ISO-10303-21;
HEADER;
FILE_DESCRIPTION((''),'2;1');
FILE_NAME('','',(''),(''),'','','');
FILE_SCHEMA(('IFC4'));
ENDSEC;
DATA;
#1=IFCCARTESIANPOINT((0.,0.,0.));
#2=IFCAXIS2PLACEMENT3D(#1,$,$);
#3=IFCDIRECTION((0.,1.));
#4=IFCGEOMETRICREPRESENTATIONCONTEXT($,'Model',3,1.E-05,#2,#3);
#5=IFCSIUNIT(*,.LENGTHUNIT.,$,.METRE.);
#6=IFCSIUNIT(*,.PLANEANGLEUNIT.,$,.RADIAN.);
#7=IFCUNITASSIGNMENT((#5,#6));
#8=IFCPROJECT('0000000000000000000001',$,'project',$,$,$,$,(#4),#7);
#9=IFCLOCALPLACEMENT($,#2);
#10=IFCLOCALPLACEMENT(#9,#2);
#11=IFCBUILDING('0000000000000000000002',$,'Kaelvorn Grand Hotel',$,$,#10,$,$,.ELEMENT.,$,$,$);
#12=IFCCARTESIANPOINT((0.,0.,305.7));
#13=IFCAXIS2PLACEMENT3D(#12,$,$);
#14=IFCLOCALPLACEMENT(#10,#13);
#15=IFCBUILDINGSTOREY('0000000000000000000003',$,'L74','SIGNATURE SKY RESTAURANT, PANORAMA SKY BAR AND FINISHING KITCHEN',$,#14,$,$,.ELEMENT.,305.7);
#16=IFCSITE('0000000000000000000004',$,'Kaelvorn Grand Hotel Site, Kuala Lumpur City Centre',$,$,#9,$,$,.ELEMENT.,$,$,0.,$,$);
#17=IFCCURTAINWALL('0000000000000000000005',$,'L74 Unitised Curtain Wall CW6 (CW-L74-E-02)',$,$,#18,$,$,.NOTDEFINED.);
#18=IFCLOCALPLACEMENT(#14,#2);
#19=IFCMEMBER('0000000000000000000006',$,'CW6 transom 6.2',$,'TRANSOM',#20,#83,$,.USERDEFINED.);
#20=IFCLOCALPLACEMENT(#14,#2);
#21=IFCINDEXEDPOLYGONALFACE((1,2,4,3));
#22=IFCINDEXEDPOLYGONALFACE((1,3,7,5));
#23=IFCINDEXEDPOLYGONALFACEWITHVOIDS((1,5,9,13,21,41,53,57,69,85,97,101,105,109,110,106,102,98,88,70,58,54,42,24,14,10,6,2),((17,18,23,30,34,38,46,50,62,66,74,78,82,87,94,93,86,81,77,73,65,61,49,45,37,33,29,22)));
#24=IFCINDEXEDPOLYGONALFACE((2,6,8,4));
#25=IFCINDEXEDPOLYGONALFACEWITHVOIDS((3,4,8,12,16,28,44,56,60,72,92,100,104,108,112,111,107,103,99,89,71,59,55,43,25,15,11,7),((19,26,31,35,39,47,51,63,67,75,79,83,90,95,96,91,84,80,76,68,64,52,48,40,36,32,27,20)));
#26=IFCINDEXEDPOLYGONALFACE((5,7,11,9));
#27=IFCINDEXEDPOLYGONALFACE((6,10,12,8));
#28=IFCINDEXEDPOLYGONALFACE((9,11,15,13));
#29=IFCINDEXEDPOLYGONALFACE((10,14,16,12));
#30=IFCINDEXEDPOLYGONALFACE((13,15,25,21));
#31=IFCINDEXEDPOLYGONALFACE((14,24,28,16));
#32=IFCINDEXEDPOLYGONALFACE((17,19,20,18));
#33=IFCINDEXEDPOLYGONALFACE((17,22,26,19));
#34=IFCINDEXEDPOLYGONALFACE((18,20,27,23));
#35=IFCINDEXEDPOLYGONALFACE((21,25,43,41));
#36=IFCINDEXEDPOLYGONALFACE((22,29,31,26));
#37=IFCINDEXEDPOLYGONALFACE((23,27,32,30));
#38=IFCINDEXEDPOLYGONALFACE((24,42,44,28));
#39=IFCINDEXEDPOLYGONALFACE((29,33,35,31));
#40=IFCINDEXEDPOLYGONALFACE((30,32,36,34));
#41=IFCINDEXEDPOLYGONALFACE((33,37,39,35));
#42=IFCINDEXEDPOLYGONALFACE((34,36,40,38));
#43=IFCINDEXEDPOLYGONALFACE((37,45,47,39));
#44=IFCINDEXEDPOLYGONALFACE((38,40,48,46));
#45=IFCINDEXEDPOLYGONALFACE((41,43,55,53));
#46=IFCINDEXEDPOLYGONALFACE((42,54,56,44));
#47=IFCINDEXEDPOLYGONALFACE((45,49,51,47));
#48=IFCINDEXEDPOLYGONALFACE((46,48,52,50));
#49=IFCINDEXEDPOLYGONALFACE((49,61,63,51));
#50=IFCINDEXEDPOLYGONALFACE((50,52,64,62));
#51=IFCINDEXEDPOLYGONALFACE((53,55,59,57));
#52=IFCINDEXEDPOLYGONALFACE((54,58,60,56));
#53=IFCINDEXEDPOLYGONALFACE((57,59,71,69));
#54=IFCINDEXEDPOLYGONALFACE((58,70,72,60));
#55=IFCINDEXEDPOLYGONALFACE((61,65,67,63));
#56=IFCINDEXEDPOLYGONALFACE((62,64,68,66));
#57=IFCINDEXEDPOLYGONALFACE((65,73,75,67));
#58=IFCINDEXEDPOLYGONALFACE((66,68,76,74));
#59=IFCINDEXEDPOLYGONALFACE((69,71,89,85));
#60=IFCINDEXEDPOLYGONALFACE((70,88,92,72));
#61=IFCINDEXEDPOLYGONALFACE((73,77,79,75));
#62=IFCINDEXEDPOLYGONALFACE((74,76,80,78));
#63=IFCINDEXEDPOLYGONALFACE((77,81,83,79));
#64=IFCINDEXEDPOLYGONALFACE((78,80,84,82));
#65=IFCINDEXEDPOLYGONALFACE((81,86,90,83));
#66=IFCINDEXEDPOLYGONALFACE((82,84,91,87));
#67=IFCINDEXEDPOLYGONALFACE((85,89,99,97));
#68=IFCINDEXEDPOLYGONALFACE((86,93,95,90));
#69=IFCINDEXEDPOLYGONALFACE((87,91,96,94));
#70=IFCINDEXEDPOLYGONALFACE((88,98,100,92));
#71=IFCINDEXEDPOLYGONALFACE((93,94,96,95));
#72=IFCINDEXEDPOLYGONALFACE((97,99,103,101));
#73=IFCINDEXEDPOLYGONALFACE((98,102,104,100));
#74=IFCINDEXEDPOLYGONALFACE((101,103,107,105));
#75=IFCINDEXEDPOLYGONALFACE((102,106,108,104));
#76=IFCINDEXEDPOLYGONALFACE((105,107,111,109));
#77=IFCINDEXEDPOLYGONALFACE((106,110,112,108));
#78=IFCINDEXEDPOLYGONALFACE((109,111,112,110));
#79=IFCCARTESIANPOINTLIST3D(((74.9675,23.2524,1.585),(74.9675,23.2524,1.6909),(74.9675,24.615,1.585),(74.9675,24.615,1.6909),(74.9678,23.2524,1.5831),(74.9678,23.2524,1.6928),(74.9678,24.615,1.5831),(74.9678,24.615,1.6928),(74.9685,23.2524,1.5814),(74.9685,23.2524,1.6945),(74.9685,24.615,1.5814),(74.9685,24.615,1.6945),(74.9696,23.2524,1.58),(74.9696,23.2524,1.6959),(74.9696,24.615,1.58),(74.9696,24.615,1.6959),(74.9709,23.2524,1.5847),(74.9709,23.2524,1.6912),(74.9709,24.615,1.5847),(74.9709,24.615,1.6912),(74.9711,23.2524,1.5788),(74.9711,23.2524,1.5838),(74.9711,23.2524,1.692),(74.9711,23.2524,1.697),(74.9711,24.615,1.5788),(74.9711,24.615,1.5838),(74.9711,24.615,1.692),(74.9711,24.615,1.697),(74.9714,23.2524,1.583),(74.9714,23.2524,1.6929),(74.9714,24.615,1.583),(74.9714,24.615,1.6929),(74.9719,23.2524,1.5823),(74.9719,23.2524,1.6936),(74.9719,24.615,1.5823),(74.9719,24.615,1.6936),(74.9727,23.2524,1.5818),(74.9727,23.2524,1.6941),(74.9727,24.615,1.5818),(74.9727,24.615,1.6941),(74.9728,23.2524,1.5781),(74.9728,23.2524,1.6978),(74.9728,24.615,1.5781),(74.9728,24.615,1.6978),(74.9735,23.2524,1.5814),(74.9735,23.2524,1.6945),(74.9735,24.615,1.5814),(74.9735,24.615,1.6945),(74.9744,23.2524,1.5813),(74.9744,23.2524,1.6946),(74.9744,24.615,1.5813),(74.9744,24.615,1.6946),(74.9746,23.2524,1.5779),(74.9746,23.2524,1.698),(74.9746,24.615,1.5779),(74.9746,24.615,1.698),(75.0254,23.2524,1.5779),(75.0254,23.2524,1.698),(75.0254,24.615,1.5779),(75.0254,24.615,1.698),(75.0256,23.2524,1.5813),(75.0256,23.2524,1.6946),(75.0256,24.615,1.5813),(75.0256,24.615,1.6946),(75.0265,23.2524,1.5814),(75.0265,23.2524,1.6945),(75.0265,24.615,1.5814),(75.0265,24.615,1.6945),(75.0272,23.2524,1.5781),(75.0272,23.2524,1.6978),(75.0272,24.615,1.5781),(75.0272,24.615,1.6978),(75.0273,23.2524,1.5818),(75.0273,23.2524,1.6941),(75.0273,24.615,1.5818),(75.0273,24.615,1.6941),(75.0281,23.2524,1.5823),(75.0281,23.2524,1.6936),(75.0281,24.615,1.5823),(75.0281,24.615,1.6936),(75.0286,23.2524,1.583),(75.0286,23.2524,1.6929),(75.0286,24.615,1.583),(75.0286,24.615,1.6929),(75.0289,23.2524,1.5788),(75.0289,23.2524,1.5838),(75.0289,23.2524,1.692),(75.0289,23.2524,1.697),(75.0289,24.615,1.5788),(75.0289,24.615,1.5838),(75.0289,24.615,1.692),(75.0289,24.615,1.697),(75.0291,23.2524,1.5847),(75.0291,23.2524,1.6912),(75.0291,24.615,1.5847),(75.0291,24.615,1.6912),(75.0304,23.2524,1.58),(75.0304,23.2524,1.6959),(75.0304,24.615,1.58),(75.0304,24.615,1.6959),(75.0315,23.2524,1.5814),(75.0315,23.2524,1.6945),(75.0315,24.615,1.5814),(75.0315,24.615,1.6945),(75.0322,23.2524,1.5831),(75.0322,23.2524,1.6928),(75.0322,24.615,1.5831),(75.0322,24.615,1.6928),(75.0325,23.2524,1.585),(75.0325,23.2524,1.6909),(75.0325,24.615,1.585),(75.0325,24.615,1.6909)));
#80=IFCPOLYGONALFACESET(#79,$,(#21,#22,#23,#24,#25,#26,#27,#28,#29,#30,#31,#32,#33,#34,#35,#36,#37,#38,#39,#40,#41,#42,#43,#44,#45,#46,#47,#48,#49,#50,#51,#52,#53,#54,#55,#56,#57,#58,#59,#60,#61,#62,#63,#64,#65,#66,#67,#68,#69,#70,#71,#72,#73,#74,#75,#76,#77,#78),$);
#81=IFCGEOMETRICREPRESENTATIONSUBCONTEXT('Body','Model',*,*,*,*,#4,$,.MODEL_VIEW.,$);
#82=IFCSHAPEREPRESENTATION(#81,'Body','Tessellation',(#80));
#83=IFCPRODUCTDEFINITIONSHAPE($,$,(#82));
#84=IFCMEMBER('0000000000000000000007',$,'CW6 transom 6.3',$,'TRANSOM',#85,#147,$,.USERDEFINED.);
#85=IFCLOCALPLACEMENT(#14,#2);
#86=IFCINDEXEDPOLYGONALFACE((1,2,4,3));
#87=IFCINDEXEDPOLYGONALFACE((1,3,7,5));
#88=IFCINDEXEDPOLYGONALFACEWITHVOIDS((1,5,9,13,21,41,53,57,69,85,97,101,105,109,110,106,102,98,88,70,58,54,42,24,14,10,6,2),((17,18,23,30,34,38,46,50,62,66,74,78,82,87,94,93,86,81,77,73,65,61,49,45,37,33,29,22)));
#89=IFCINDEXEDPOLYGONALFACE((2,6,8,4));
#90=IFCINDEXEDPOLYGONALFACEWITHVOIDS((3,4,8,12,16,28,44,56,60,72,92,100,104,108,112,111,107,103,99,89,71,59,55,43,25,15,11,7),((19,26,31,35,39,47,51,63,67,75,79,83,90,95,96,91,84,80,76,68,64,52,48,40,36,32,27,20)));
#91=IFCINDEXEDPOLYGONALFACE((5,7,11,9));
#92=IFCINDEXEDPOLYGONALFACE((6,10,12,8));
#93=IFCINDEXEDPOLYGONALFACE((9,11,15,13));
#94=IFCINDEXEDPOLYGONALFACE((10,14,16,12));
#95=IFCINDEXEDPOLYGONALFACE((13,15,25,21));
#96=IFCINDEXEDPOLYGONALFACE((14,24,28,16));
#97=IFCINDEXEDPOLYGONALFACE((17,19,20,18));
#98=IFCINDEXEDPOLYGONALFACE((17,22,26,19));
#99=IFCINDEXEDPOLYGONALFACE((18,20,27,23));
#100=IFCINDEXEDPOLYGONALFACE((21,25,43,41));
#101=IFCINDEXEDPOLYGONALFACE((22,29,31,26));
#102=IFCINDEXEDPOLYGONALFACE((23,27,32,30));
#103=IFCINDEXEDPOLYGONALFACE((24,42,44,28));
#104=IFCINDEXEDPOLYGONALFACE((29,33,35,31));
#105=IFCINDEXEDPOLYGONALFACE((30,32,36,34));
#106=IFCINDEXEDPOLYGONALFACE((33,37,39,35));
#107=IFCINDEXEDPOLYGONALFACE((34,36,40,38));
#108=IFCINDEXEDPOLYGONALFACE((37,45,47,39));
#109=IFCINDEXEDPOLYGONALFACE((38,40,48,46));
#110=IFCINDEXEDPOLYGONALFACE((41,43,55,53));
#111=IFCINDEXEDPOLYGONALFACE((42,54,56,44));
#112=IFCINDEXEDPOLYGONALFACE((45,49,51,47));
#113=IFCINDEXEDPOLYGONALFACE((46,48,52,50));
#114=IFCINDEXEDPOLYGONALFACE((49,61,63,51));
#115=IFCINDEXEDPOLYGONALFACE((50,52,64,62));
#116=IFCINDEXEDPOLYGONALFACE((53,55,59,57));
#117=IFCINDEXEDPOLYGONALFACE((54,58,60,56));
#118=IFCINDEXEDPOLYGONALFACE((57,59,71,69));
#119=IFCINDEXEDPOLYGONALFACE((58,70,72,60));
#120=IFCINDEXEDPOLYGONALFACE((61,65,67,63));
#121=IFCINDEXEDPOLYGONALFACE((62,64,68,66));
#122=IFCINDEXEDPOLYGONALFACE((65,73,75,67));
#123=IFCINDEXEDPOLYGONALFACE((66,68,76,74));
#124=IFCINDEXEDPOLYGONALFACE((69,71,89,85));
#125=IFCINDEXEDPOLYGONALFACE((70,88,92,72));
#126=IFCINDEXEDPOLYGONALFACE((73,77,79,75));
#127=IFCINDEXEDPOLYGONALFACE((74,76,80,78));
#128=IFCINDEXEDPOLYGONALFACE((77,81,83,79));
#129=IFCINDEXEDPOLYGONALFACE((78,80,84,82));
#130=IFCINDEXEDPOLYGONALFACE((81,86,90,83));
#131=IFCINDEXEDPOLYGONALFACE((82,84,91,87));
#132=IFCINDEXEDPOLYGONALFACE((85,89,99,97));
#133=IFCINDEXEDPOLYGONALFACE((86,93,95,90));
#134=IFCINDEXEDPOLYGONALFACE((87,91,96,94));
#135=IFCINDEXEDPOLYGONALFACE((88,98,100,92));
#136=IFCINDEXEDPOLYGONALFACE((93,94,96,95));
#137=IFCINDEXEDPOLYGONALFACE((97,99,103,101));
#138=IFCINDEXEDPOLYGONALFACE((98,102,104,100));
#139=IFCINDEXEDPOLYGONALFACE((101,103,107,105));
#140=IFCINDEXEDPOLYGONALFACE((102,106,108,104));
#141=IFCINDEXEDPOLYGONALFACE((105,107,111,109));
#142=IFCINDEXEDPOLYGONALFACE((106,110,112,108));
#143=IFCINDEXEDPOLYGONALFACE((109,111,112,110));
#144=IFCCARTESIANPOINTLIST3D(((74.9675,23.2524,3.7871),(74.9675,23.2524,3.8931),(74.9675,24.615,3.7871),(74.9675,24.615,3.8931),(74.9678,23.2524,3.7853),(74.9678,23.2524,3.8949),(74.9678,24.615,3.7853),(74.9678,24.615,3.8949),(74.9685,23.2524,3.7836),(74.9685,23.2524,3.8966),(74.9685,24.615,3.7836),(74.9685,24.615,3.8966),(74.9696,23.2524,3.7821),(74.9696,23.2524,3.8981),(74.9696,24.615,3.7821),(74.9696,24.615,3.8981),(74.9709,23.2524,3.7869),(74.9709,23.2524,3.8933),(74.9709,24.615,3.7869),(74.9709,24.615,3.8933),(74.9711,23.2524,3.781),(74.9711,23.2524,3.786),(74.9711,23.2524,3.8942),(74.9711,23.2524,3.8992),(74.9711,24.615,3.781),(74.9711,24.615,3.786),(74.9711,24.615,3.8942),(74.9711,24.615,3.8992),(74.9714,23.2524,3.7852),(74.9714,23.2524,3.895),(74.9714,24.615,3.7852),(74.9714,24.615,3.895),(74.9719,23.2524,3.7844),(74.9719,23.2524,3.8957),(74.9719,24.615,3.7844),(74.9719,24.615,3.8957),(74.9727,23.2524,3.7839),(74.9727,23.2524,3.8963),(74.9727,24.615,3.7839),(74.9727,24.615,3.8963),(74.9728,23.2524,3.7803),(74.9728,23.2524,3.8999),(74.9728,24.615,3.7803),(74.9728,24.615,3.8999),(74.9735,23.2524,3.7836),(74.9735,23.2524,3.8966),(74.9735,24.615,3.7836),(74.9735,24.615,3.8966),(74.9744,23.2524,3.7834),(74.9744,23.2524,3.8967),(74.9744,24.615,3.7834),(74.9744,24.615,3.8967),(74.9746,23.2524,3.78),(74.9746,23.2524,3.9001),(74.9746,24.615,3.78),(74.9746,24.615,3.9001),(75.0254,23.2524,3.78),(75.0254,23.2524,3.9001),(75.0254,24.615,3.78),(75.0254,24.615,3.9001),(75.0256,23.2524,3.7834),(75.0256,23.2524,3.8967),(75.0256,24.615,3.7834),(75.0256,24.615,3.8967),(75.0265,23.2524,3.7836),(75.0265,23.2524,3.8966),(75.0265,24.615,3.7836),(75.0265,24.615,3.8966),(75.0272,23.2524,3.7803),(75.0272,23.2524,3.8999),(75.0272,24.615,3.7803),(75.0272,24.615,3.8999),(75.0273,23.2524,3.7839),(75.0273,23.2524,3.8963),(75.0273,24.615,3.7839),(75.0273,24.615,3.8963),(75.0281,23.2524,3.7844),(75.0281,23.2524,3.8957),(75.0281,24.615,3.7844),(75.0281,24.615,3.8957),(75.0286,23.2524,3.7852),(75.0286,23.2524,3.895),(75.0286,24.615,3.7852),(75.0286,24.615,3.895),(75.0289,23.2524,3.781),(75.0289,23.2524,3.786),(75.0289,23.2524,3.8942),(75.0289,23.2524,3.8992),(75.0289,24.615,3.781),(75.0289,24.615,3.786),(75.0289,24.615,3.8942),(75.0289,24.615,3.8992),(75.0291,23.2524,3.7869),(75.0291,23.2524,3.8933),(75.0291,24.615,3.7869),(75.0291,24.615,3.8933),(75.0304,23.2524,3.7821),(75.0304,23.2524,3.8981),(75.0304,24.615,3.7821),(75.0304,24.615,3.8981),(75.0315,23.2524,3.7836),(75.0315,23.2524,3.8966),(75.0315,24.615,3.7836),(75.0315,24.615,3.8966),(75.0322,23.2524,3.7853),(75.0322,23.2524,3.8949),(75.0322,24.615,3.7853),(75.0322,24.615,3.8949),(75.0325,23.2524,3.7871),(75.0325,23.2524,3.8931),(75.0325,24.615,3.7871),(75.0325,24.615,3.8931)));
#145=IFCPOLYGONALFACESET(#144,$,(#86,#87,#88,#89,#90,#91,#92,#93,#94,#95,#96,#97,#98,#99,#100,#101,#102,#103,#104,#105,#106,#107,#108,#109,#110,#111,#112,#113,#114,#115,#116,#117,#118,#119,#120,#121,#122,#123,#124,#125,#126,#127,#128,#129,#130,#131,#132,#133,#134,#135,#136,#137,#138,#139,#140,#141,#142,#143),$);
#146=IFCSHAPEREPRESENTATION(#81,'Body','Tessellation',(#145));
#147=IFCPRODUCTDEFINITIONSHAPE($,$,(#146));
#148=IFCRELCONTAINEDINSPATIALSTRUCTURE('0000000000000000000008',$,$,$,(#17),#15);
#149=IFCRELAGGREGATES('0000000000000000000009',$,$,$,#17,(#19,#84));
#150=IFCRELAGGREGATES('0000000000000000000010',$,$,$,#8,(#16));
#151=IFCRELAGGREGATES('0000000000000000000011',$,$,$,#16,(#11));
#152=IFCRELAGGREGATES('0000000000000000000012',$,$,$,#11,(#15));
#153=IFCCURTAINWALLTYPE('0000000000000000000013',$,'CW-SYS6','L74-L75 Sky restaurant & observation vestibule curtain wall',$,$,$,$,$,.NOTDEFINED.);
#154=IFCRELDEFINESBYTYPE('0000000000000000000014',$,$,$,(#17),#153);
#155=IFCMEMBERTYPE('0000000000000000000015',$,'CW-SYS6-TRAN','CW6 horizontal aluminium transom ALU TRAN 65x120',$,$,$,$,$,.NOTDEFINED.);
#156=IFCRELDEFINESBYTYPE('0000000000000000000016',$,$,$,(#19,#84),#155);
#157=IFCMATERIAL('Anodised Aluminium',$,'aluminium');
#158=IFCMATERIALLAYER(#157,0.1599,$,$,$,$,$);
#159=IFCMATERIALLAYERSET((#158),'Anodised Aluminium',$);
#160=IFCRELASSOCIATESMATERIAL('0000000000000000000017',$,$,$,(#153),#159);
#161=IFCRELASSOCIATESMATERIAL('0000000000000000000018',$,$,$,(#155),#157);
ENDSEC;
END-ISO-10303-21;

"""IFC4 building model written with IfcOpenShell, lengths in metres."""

from ifc_helpers import new_model, si_unit, direction, frame, origin, origin_2d, place, context, subcontext, project, spatial, hollow_rectangle, extrude, material, layer, layer_set, material_profile, profile_set, type_object, element, aggregate, save


model = new_model("IFC4")

# Units and contexts
model_context = context("Model", 3, precision=1e-05, world=origin(), true_north=direction((0.0, 1.0)))
body_context = subcontext(model_context, "Body", "Model", "MODEL_VIEW")
ifc_project = project(units=[si_unit("LENGTHUNIT", "METRE"), si_unit("PLANEANGLEUNIT", "RADIAN")], contexts=[model_context])

# Site, building, storey
site_placement = place(None, origin())
site = spatial("IfcSite", under=ifc_project, at=site_placement, Name="Kaelvorn Grand Hotel Site, Kuala Lumpur City Centre", CompositionType="ELEMENT", RefElevation=0.0)
building_placement = place(site_placement, origin())
building = spatial("IfcBuilding", under=site, at=building_placement, Name="Kaelvorn Grand Hotel", CompositionType="ELEMENT")
storey_placement = place(building_placement, frame((0.0, 0.0, 305.7)))
storey = spatial("IfcBuildingStorey", under=building, at=storey_placement, Name="L74", Description="SIGNATURE SKY RESTAURANT, PANORAMA SKY BAR AND FINISHING KITCHEN", CompositionType="ELEMENT", Elevation=305.7)

# Curtain wall
ifc_material_1 = material(Name="Anodised Aluminium", Category="aluminium")
ifc_layer_1 = layer(ifc_material_1, 0.1599)
ifc_layer_set_1 = layer_set([ifc_layer_1], Name="Anodised Aluminium")
curtain_wall_type = type_object("IfcCurtainWallType", Name="CW-SYS6", Description="L74-L75 Sky restaurant & observation vestibule curtain wall", PredefinedType="NOTDEFINED", material=ifc_layer_set_1)
curtain_wall_1_placement = place(storey_placement, origin())
curtain_wall_1 = element("IfcCurtainWall", 1, at=curtain_wall_1_placement, inside=storey, type_object=curtain_wall_type, Name="L74 Unitised Curtain Wall CW6 (CW-L74-E-02)", PredefinedType="NOTDEFINED")

# Members
ifc_material_profile_1 = material_profile(ifc_material_1, hollow_rectangle(XDim=0.0649, YDim=0.1201, WallThickness=0.0034, InnerFilletRadius=0.0034, OuterFilletRadius=0.0071, at=origin_2d()), Name="ALU TRAN 65x120")
ifc_profile_set_1 = profile_set([ifc_material_profile_1], Name="Anodised Aluminium")
member_type_1 = type_object("IfcMemberType", Name="CW-SYS6-TRAN", Description="CW6 horizontal aluminium transom ALU TRAN 65x120", PredefinedType="NOTDEFINED", material=ifc_profile_set_1)
member_1_placement = place(storey_placement, frame((75.0, 23.2524, 1.6379), z_axis=(0.0, 1.0, 0.0), x_axis=(-1.0, 0.0, 0.0)))
member_1 = element("IfcMember", 2, at=member_1_placement, type_object=member_type_1, Name="CW6 transom 6.2", ObjectType="TRANSOM", PredefinedType="USERDEFINED", context=body_context, shape_type="SweptSolid", body=[
    extrude(hollow_rectangle(XDim=0.0649, YDim=0.1201, WallThickness=0.0034, InnerFilletRadius=0.0034, OuterFilletRadius=0.0071, at=origin_2d()), origin(), (0.0, 0.0, 1.0), 1.3625),
])
member_2_placement = place(storey_placement, frame((75.0, 23.2524, 3.8401), z_axis=(0.0, 1.0, 0.0), x_axis=(-1.0, 0.0, 0.0)))
member_2 = element("IfcMember", 3, at=member_2_placement, type_object=member_type_1, Name="CW6 transom 6.3", ObjectType="TRANSOM", PredefinedType="USERDEFINED", context=body_context, shape_type="SweptSolid", body=[
    extrude(hollow_rectangle(XDim=0.0649, YDim=0.1201, WallThickness=0.0034, InnerFilletRadius=0.0034, OuterFilletRadius=0.0071, at=origin_2d()), origin(), (0.0, 0.0, 1.0), 1.3625),
])

aggregate(curtain_wall_1, [member_1, member_2])

save(model, "model.ifc")
